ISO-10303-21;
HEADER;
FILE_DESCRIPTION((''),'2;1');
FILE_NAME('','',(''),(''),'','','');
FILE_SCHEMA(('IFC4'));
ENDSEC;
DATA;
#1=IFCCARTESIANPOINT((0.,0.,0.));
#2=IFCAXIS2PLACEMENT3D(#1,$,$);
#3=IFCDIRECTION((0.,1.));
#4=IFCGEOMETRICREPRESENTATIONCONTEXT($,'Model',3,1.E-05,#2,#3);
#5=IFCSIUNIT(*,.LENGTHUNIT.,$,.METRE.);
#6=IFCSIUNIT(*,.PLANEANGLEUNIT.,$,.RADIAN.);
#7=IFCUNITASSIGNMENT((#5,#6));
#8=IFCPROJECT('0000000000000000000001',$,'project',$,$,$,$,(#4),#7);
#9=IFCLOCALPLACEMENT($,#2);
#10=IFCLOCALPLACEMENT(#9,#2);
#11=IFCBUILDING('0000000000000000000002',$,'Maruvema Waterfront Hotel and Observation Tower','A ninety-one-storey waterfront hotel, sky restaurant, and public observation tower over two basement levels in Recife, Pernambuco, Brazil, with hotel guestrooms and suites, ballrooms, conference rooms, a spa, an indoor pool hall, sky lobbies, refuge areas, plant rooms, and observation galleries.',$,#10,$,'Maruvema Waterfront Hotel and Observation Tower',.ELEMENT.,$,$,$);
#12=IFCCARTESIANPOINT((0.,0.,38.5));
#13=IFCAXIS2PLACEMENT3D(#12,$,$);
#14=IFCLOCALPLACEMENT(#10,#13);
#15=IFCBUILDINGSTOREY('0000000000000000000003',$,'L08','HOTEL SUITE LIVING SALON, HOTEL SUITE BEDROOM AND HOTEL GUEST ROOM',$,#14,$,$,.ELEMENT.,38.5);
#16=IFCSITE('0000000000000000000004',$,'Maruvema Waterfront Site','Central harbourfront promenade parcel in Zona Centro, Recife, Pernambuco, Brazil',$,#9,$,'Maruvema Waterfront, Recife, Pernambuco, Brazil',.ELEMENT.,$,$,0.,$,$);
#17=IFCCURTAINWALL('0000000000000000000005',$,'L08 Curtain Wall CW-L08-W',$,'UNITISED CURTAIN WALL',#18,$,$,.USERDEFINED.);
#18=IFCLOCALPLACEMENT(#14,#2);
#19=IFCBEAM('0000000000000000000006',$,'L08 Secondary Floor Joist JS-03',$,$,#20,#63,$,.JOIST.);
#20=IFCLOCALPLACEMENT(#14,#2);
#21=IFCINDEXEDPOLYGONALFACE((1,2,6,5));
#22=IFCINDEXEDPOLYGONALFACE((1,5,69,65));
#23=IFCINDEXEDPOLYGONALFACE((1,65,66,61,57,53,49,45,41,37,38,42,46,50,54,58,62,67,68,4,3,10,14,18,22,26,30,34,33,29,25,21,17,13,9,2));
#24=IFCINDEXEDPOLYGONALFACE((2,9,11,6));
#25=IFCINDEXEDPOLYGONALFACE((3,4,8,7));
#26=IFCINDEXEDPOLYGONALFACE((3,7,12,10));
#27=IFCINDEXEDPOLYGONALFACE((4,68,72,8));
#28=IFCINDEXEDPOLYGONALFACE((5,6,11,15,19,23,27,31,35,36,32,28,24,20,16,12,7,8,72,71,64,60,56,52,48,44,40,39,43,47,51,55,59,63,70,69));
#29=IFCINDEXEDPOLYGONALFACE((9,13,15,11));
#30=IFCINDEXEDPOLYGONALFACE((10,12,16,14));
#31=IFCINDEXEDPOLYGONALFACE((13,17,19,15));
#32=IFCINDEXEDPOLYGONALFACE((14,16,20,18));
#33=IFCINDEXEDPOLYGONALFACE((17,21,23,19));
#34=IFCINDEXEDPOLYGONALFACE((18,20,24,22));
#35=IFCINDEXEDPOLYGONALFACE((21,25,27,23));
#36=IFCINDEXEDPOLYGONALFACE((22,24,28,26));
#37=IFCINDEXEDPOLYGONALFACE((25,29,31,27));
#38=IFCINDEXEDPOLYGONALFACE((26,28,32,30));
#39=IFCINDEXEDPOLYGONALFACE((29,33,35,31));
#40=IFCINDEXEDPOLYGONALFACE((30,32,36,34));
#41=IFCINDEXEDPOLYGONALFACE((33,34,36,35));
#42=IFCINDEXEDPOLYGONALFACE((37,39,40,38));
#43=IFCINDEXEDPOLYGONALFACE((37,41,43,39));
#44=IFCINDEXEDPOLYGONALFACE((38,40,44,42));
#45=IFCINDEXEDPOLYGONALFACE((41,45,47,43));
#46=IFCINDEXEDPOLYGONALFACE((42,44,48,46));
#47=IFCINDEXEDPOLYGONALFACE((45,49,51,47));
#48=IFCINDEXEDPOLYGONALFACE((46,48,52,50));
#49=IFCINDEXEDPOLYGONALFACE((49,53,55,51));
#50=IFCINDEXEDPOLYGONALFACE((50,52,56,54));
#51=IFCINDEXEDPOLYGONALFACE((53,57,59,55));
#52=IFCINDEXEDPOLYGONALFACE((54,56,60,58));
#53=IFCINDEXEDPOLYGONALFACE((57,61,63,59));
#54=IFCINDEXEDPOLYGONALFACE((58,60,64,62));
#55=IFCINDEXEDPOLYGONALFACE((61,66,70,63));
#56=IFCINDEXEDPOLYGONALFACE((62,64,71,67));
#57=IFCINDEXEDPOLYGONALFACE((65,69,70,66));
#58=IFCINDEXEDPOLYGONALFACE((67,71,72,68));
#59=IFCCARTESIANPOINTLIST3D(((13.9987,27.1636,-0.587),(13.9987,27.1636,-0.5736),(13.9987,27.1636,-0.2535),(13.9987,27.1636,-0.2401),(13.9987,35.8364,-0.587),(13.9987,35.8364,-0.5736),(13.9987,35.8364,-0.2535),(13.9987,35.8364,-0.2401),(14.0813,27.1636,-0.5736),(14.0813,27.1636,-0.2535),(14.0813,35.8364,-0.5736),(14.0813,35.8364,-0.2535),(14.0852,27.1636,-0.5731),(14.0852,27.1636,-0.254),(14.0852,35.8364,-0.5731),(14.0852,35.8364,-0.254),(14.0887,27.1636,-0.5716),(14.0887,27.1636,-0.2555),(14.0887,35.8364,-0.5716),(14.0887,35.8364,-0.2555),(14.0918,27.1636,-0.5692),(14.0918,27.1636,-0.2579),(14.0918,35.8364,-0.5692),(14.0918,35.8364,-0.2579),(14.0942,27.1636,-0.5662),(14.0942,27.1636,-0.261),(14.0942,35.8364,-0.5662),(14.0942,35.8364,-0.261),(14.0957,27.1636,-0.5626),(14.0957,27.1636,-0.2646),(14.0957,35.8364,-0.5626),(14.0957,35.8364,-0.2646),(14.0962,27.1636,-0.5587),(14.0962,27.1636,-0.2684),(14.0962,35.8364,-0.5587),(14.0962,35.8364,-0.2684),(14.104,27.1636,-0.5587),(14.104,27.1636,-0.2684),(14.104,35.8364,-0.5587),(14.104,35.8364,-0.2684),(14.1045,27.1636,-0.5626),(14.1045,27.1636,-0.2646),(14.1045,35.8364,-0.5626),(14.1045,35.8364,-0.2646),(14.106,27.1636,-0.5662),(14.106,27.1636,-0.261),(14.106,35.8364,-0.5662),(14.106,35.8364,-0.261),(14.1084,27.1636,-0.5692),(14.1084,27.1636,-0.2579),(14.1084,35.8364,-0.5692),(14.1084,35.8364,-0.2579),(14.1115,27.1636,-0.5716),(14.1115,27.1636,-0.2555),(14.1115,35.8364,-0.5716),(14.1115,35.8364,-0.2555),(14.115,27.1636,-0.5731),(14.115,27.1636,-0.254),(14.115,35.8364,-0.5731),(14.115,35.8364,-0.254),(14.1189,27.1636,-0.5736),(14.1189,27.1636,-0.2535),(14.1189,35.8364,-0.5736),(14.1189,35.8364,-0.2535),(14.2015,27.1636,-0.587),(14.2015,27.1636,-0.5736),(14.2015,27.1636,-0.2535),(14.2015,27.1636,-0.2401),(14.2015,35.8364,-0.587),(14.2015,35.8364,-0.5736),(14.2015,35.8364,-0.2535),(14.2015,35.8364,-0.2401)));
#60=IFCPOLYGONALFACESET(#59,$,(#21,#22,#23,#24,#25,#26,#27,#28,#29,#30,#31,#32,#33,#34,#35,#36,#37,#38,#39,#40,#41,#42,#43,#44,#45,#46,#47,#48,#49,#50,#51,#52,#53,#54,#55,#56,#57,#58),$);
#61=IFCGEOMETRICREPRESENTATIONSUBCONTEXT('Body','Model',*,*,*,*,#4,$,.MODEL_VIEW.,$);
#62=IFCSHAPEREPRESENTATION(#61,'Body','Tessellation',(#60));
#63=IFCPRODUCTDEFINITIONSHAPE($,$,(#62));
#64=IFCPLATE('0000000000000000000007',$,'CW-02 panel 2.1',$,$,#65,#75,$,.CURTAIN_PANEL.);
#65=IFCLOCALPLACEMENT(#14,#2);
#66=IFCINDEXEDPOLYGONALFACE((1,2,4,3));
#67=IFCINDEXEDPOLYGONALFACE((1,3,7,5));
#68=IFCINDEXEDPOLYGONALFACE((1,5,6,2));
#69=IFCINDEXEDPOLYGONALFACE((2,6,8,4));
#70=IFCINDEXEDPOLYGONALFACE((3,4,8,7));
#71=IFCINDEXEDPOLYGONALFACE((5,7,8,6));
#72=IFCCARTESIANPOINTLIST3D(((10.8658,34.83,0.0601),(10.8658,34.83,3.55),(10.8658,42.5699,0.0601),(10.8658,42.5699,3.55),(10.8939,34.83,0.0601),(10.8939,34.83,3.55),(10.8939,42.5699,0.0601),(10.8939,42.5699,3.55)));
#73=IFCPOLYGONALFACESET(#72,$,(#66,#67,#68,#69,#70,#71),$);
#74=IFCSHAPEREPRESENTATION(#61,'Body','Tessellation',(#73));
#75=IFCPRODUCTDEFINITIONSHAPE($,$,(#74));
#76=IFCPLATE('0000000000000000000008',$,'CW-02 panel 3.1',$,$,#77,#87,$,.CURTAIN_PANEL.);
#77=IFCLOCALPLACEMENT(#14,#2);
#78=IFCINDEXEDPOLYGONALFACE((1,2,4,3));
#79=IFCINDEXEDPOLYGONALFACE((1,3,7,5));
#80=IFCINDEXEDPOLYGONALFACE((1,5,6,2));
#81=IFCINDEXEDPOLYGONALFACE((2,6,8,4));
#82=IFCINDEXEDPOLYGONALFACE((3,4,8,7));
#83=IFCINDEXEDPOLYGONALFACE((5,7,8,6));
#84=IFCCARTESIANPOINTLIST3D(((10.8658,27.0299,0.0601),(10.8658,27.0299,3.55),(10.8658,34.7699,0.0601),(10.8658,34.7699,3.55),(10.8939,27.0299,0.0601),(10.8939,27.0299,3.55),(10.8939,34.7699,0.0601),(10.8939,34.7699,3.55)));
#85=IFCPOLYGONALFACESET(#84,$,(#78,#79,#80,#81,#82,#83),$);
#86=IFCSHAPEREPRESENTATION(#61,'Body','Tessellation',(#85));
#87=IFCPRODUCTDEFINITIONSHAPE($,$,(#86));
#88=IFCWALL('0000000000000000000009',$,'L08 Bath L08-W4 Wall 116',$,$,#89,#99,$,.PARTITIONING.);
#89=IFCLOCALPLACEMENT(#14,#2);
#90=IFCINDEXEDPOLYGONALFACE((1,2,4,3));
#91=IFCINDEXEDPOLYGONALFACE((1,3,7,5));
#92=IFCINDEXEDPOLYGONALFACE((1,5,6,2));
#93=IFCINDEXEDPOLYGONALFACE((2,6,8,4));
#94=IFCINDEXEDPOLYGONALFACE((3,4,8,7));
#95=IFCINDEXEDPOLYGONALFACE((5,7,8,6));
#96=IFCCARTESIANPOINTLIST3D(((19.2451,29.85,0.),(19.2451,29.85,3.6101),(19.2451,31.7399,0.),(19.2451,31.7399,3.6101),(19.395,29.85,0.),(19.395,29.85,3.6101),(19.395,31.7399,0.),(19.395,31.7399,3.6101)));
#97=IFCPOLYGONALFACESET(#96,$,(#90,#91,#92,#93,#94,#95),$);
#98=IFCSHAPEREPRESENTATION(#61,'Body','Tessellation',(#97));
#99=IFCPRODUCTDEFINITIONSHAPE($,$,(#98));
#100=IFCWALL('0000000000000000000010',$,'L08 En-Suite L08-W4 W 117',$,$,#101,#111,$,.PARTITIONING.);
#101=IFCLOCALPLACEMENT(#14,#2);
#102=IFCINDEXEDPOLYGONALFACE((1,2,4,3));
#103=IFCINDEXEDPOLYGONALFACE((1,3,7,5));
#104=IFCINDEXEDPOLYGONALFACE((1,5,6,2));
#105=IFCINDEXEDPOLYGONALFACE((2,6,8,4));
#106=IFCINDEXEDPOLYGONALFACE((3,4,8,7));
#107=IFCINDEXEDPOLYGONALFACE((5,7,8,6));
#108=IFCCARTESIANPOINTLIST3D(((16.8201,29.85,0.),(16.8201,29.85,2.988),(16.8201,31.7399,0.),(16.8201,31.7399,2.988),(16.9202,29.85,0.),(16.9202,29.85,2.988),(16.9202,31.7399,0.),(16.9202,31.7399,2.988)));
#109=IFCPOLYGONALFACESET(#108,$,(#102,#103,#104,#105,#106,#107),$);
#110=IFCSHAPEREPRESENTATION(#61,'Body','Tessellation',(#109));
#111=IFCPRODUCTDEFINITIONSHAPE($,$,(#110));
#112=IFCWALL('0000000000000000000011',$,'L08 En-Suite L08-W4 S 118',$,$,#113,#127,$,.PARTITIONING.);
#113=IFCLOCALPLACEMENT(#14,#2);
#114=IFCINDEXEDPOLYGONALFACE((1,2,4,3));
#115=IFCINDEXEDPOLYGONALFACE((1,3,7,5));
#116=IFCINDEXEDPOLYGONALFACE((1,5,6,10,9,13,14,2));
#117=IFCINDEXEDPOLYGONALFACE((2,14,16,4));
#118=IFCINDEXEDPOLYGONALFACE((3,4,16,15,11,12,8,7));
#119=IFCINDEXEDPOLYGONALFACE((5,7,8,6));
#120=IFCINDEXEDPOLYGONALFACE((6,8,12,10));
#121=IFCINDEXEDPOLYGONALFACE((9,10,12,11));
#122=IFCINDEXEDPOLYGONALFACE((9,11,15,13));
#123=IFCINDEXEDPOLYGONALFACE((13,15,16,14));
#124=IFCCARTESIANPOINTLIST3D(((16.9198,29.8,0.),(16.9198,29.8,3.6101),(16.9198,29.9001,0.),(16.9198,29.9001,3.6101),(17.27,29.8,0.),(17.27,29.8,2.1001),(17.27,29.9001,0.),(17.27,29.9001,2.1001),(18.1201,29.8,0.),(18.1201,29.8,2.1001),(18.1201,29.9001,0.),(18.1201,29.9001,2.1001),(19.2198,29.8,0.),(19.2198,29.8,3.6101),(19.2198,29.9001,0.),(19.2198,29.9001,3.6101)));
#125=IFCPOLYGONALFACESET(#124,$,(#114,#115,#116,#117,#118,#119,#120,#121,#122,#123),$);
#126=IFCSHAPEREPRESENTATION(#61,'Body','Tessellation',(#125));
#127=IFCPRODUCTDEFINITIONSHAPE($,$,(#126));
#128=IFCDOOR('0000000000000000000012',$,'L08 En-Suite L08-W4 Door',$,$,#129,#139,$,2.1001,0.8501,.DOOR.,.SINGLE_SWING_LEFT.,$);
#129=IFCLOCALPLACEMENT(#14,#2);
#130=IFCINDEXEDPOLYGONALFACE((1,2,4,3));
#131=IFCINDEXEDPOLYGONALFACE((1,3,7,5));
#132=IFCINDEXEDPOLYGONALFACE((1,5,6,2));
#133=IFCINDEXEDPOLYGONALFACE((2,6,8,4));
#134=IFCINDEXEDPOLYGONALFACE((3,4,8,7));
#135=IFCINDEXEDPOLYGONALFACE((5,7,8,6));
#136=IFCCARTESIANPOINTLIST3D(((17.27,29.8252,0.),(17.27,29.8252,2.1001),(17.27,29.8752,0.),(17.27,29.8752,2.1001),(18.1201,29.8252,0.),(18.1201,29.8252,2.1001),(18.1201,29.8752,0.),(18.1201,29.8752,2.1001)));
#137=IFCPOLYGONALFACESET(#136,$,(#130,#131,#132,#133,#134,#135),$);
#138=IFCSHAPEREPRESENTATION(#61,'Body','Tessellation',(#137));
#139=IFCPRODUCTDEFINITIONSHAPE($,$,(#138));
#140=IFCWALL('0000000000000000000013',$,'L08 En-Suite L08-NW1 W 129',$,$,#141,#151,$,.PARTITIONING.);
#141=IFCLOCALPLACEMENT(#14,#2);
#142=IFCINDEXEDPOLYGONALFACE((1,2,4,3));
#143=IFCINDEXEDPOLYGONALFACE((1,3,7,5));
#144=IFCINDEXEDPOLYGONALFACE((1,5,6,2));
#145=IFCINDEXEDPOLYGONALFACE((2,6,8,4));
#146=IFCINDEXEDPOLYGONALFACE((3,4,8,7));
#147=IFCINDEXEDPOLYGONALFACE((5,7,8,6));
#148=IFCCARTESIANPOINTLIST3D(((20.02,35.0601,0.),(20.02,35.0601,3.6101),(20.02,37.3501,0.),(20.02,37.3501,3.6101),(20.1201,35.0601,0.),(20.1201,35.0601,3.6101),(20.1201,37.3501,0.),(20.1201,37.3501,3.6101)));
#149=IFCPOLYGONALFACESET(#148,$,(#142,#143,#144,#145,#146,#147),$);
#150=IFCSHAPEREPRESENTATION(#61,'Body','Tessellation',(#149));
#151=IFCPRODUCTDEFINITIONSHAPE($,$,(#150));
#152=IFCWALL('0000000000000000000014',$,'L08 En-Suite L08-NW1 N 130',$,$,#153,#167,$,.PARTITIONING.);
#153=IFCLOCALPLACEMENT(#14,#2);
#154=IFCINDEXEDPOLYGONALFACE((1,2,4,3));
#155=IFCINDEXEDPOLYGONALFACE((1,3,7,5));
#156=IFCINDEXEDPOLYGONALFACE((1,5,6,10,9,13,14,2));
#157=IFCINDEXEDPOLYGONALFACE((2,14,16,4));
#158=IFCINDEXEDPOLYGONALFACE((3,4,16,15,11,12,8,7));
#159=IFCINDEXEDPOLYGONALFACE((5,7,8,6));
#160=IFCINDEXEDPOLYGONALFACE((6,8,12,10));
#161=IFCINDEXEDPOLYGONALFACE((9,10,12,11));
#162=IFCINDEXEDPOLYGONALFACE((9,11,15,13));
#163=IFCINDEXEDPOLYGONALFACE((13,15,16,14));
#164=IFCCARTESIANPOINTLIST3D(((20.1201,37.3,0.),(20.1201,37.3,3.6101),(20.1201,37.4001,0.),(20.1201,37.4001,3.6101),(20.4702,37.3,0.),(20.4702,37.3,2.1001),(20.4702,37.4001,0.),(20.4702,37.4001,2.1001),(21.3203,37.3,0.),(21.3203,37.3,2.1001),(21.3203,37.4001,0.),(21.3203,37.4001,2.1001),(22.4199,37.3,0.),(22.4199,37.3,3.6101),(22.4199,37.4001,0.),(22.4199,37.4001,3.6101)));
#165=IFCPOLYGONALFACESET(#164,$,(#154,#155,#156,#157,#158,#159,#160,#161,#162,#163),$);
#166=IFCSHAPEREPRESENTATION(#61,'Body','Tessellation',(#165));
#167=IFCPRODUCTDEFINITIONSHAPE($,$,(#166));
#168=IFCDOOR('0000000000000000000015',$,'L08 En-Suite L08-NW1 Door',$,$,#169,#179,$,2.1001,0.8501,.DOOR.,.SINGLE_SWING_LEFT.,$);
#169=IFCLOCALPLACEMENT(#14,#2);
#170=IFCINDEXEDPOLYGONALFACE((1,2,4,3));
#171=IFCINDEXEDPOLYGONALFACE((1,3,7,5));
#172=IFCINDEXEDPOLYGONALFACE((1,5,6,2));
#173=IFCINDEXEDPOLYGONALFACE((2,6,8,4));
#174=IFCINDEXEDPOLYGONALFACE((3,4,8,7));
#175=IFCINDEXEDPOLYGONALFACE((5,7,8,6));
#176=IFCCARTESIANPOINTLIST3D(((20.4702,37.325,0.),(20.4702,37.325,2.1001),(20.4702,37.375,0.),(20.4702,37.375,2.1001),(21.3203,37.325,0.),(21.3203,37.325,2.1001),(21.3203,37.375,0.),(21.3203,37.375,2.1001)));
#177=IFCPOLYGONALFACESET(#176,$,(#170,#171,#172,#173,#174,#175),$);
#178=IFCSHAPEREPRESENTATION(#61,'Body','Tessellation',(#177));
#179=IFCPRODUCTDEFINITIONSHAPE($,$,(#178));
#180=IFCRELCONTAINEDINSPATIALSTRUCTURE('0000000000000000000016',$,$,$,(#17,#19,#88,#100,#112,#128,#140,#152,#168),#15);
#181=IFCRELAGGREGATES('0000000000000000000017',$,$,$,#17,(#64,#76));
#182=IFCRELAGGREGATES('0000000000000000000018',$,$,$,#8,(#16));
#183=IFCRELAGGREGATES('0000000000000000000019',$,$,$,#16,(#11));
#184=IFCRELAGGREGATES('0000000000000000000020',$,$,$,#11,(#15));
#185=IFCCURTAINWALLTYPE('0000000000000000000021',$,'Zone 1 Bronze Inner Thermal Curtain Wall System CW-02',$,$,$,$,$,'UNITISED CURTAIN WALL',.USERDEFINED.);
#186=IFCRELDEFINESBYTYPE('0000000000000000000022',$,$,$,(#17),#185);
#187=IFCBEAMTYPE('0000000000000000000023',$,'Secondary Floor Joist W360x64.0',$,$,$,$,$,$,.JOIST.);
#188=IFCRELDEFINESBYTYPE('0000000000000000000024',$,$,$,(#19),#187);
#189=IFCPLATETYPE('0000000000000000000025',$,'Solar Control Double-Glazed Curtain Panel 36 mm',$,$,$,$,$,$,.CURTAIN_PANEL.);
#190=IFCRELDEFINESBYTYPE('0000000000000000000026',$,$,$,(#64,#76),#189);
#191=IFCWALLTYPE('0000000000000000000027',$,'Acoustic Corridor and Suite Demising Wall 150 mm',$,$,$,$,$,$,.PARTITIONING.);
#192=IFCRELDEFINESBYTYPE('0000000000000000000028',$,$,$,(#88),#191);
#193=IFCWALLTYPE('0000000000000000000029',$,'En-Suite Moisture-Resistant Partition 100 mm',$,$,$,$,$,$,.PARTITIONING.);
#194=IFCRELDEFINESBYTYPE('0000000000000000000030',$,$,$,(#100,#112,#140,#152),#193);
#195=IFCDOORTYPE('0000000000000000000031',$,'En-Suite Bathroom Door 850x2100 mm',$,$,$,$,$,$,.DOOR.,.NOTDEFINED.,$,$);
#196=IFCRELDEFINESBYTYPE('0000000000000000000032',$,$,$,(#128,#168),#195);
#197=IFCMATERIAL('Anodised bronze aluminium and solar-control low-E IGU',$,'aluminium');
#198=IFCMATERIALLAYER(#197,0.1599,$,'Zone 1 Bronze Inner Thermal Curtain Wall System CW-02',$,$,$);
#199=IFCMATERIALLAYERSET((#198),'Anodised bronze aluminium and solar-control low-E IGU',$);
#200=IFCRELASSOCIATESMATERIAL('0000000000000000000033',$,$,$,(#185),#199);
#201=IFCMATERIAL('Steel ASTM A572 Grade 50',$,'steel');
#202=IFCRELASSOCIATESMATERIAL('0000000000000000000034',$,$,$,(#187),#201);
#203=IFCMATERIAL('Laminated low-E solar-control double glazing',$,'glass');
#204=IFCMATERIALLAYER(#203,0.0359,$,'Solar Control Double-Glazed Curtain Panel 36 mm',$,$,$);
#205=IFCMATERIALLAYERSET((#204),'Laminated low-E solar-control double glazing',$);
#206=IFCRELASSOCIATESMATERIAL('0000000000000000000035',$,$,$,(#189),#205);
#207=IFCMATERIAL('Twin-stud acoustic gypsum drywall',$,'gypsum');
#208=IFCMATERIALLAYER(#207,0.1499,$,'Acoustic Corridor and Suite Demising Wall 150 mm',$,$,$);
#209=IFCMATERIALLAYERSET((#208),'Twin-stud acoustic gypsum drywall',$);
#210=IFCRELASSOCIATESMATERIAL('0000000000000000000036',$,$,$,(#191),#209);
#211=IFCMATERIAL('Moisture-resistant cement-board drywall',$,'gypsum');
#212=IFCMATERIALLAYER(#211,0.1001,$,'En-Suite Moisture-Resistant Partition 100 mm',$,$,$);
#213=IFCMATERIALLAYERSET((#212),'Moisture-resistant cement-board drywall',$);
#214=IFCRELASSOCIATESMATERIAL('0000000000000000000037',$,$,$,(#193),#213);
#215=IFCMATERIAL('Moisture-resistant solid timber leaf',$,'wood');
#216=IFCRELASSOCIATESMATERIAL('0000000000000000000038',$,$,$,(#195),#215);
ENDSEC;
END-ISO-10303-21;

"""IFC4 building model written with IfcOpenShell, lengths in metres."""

from ifc_helpers import new_model, si_unit, direction, frame, frame_2d, origin, origin_2d, place, context, subcontext, project, spatial, rectangle, i_section, extrude, material, layer, layer_set, material_profile, profile_set, type_object, element, fill, aggregate, save


model = new_model("IFC4")

# Units and contexts
model_context = context("Model", 3, precision=1e-05, world=origin(), true_north=direction((0.0, 1.0)))
body_context = subcontext(model_context, "Body", "Model", "MODEL_VIEW")
ifc_project = project(units=[si_unit("LENGTHUNIT", "METRE"), si_unit("PLANEANGLEUNIT", "RADIAN")], contexts=[model_context])

# Site, building, storey
site_placement = place(None, origin())
site = spatial("IfcSite", under=ifc_project, at=site_placement, Name="Maruvema Waterfront Site", Description="Central harbourfront promenade parcel in Zona Centro, Recife, Pernambuco, Brazil", LongName="Maruvema Waterfront, Recife, Pernambuco, Brazil", CompositionType="ELEMENT", RefElevation=0.0)
building_placement = place(site_placement, origin())
building = spatial("IfcBuilding", under=site, at=building_placement, Name="Maruvema Waterfront Hotel and Observation Tower", Description="A ninety-one-storey waterfront hotel, sky restaurant, and public observation tower over two basement levels in Recife, Pernambuco, Brazil, with hotel guestrooms and suites, ballrooms, conference rooms, a spa, an indoor pool hall, sky lobbies, refuge areas, plant rooms, and observation galleries.", LongName="Maruvema Waterfront Hotel and Observation Tower", CompositionType="ELEMENT")
storey_placement = place(building_placement, frame((0.0, 0.0, 38.5)))
storey = spatial("IfcBuildingStorey", under=building, at=storey_placement, Name="L08", Description="HOTEL SUITE LIVING SALON, HOTEL SUITE BEDROOM AND HOTEL GUEST ROOM", CompositionType="ELEMENT", Elevation=38.5)

# Curtain wall
ifc_material_1 = material(Name="Anodised bronze aluminium and solar-control low-E IGU", Category="aluminium")
ifc_layer_1 = layer(ifc_material_1, 0.1599, Name="Zone 1 Bronze Inner Thermal Curtain Wall System CW-02")
ifc_layer_set_1 = layer_set([ifc_layer_1], Name="Anodised bronze aluminium and solar-control low-E IGU")
curtain_wall_type = type_object("IfcCurtainWallType", Name="Zone 1 Bronze Inner Thermal Curtain Wall System CW-02", ElementType="UNITISED CURTAIN WALL", PredefinedType="USERDEFINED", material=ifc_layer_set_1)
curtain_wall_placement = place(storey_placement, origin())
curtain_wall = element("IfcCurtainWall", 1, at=curtain_wall_placement, inside=storey, type_object=curtain_wall_type, Name="L08 Curtain Wall CW-L08-W", ObjectType="UNITISED CURTAIN WALL", PredefinedType="USERDEFINED")

# Beam
ifc_material_2 = material(Name="Steel ASTM A572 Grade 50", Category="steel")
ifc_material_profile_1 = material_profile(ifc_material_2, i_section(OverallWidth=0.2029, OverallDepth=0.3469, WebThickness=0.0078, FlangeThickness=0.0134, FilletRadius=0.0149, at=origin_2d()), Name="W360x64.0")
ifc_profile_set_1 = profile_set([ifc_material_profile_1], Name="Steel ASTM A572 Grade 50")
beam_type_1 = type_object("IfcBeamType", Name="Secondary Floor Joist W360x64.0", PredefinedType="JOIST", material=ifc_profile_set_1)
beam_1_placement = place(storey_placement, frame((14.1001, 27.1636, -0.4136), z_axis=(0.0, 1.0, 0.0), x_axis=(-1.0, 0.0, 0.0)))
element("IfcBeam", 2, at=beam_1_placement, inside=storey, type_object=beam_type_1, Name="L08 Secondary Floor Joist JS-03", PredefinedType="JOIST", context=body_context, shape_type="SweptSolid", body=[
    extrude(i_section(OverallWidth=0.2029, OverallDepth=0.3469, WebThickness=0.0078, FlangeThickness=0.0134, FilletRadius=0.0149, at=origin_2d()), origin(), (0.0, 0.0, 1.0), 8.6729),
])

# Plates
ifc_material_3 = material(Name="Laminated low-E solar-control double glazing", Category="glass")
ifc_layer_2 = layer(ifc_material_3, 0.0359, Name="Solar Control Double-Glazed Curtain Panel 36 mm")
ifc_layer_set_2 = layer_set([ifc_layer_2], Name="Laminated low-E solar-control double glazing")
plate_type = type_object("IfcPlateType", Name="Solar Control Double-Glazed Curtain Panel 36 mm", PredefinedType="CURTAIN_PANEL", material=ifc_layer_set_2)
plate_1_placement = place(storey_placement, frame((10.8799, 38.7, 0.0601), z_axis=(0.0, 0.0, 1.0), x_axis=(0.0, -1.0, 0.0)))
plate_1 = element("IfcPlate", 3, at=plate_1_placement, type_object=plate_type, Name="CW-02 panel 2.1", PredefinedType="CURTAIN_PANEL", context=body_context, shape_type="SweptSolid", body=[
    extrude(rectangle(XDim=7.74, YDim=0.0281, at=origin_2d()), origin(), (0.0, 0.0, 1.0), 3.49),
])
plate_2_placement = place(storey_placement, frame((10.8799, 30.8999, 0.0601), z_axis=(0.0, 0.0, 1.0), x_axis=(0.0, -1.0, 0.0)))
plate_2 = element("IfcPlate", 4, at=plate_2_placement, type_object=plate_type, Name="CW-02 panel 3.1", PredefinedType="CURTAIN_PANEL", context=body_context, shape_type="SweptSolid", body=[
    extrude(rectangle(XDim=7.74, YDim=0.0281, at=origin_2d()), origin(), (0.0, 0.0, 1.0), 3.49),
])
aggregate(curtain_wall, [plate_1, plate_2])

# Shared definitions
ifc_material_4 = material(Name="Twin-stud acoustic gypsum drywall", Category="gypsum")
ifc_layer_3 = layer(ifc_material_4, 0.1499, Name="Acoustic Corridor and Suite Demising Wall 150 mm")
ifc_layer_set_3 = layer_set([ifc_layer_3], Name="Twin-stud acoustic gypsum drywall")
wall_type_1 = type_object("IfcWallType", Name="Acoustic Corridor and Suite Demising Wall 150 mm", PredefinedType="PARTITIONING", material=ifc_layer_set_3)

# Walls
wall_1_placement = place(storey_placement, frame((19.3201, 29.8501, 0.0), z_axis=(0.0, 0.0, 1.0), x_axis=(0.0, 1.0, 0.0)))
element("IfcWall", 5, at=wall_1_placement, inside=storey, type_object=wall_type_1, Name="L08 Bath L08-W4 Wall 116", PredefinedType="PARTITIONING", context=body_context, shape_type="SweptSolid", body=[
    extrude(rectangle(XDim=1.8899, YDim=0.1499, at=frame_2d((0.9448, 0.0))), origin(), (0.0, 0.0, 1.0), 3.6101),
])
ifc_material_5 = material(Name="Moisture-resistant cement-board drywall", Category="gypsum")
ifc_layer_4 = layer(ifc_material_5, 0.1001, Name="En-Suite Moisture-Resistant Partition 100 mm")
ifc_layer_set_4 = layer_set([ifc_layer_4], Name="Moisture-resistant cement-board drywall")
wall_type_2 = type_object("IfcWallType", Name="En-Suite Moisture-Resistant Partition 100 mm", PredefinedType="PARTITIONING", material=ifc_layer_set_4)
wall_2_placement = place(storey_placement, frame((16.8701, 29.8501, 0.0), z_axis=(0.0, 0.0, 1.0), x_axis=(0.0, 1.0, 0.0)))
element("IfcWall", 6, at=wall_2_placement, inside=storey, type_object=wall_type_2, Name="L08 En-Suite L08-W4 W 117", PredefinedType="PARTITIONING", context=body_context, shape_type="SweptSolid", body=[
    extrude(rectangle(XDim=1.8899, YDim=0.1001, at=frame_2d((0.9448, 0.0))), origin(), (0.0, 0.0, 1.0), 2.988),
])

# Wall, opening, door
wall_3_placement = place(storey_placement, frame((16.9199, 29.8501, 0.0), z_axis=(0.0, 0.0, 1.0), x_axis=(1.0, 0.0, 0.0)))
wall_3 = element("IfcWall", 7, at=wall_3_placement, inside=storey, type_object=wall_type_2, Name="L08 En-Suite L08-W4 S 118", PredefinedType="PARTITIONING", context=body_context, shape_type="SweptSolid", body=[
    extrude(rectangle(XDim=2.3, YDim=0.1001, at=frame_2d((1.1499, 0.0))), origin(), (0.0, 0.0, 1.0), 3.6101),
])
opening_1_placement = place(wall_3_placement, frame((0.3501, 0.0, 0.0)))
opening_1 = element("IfcOpeningElement", 8, at=opening_1_placement, cuts=wall_3, PredefinedType="OPENING", context=body_context, shape_type="SweptSolid", body=[
    extrude(rectangle(XDim=0.8501, YDim=2.1001, at=frame_2d((0.425, 1.05))), frame((0.0, 0.0601, 0.0), z_axis=(0.0, -1.0, 0.0), x_axis=(1.0, 0.0, 0.0)), (0.0, 0.0, 1.0), 0.1201),
])
ifc_material_6 = material(Name="Moisture-resistant solid timber leaf", Category="wood")
door_type_1 = type_object("IfcDoorType", Name="En-Suite Bathroom Door 850x2100 mm", OperationType="NOTDEFINED", PredefinedType="DOOR", material=ifc_material_6)
door_1_placement = place(opening_1_placement, frame((0.8501, 0.0, 0.0), z_axis=(0.0, 0.0, 1.0), x_axis=(-1.0, 0.0, 0.0)))
door_1 = element("IfcDoor", 9, at=door_1_placement, inside=storey, type_object=door_type_1, Name="L08 En-Suite L08-W4 Door", OperationType="SINGLE_SWING_LEFT", OverallHeight=2.1001, OverallWidth=0.8501, PredefinedType="DOOR", context=body_context, shape_type="SweptSolid", body=[
    extrude(rectangle(XDim=0.8501, YDim=2.1001, at=frame_2d((0.425, 1.05))), frame((0.0, 0.0249, 0.0), z_axis=(0.0, -1.0, 0.0), x_axis=(1.0, 0.0, 0.0)), (0.0, 0.0, 1.0), 0.05),
])
fill(opening_1, door_1)

# Wall
wall_4_placement = place(storey_placement, frame((20.0701, 35.0601, 0.0), z_axis=(0.0, 0.0, 1.0), x_axis=(0.0, 1.0, 0.0)))
element("IfcWall", 10, at=wall_4_placement, inside=storey, type_object=wall_type_2, Name="L08 En-Suite L08-NW1 W 129", PredefinedType="PARTITIONING", context=body_context, shape_type="SweptSolid", body=[
    extrude(rectangle(XDim=2.29, YDim=0.1001, at=frame_2d((1.145, 0.0))), origin(), (0.0, 0.0, 1.0), 3.6101),
])

# Wall, opening, door
wall_5_placement = place(storey_placement, frame((20.1201, 37.3501, 0.0), z_axis=(0.0, 0.0, 1.0), x_axis=(1.0, 0.0, 0.0)))
wall_5 = element("IfcWall", 11, at=wall_5_placement, inside=storey, type_object=wall_type_2, Name="L08 En-Suite L08-NW1 N 130", PredefinedType="PARTITIONING", context=body_context, shape_type="SweptSolid", body=[
    extrude(rectangle(XDim=2.2998, YDim=0.1001, at=frame_2d((1.1499, 0.0))), origin(), (0.0, 0.0, 1.0), 3.6101),
])
opening_2_placement = place(wall_5_placement, frame((0.3501, 0.0, 0.0)))
opening_2 = element("IfcOpeningElement", 12, at=opening_2_placement, cuts=wall_5, PredefinedType="OPENING", context=body_context, shape_type="SweptSolid", body=[
    extrude(rectangle(XDim=0.8501, YDim=2.1001, at=frame_2d((0.425, 1.05))), frame((0.0, 0.0601, 0.0), z_axis=(0.0, -1.0, 0.0), x_axis=(1.0, 0.0, 0.0)), (0.0, 0.0, 1.0), 0.1201),
])
door_2_placement = place(opening_2_placement, origin())
door_2 = element("IfcDoor", 13, at=door_2_placement, inside=storey, type_object=door_type_1, Name="L08 En-Suite L08-NW1 Door", OperationType="SINGLE_SWING_LEFT", OverallHeight=2.1001, OverallWidth=0.8501, PredefinedType="DOOR", context=body_context, shape_type="SweptSolid", body=[
    extrude(rectangle(XDim=0.8501, YDim=2.1001, at=frame_2d((0.425, 1.05))), frame((0.0, 0.0249, 0.0), z_axis=(0.0, -1.0, 0.0), x_axis=(1.0, 0.0, 0.0)), (0.0, 0.0, 1.0), 0.05),
])
fill(opening_2, door_2)

save(model, "model.ifc")
